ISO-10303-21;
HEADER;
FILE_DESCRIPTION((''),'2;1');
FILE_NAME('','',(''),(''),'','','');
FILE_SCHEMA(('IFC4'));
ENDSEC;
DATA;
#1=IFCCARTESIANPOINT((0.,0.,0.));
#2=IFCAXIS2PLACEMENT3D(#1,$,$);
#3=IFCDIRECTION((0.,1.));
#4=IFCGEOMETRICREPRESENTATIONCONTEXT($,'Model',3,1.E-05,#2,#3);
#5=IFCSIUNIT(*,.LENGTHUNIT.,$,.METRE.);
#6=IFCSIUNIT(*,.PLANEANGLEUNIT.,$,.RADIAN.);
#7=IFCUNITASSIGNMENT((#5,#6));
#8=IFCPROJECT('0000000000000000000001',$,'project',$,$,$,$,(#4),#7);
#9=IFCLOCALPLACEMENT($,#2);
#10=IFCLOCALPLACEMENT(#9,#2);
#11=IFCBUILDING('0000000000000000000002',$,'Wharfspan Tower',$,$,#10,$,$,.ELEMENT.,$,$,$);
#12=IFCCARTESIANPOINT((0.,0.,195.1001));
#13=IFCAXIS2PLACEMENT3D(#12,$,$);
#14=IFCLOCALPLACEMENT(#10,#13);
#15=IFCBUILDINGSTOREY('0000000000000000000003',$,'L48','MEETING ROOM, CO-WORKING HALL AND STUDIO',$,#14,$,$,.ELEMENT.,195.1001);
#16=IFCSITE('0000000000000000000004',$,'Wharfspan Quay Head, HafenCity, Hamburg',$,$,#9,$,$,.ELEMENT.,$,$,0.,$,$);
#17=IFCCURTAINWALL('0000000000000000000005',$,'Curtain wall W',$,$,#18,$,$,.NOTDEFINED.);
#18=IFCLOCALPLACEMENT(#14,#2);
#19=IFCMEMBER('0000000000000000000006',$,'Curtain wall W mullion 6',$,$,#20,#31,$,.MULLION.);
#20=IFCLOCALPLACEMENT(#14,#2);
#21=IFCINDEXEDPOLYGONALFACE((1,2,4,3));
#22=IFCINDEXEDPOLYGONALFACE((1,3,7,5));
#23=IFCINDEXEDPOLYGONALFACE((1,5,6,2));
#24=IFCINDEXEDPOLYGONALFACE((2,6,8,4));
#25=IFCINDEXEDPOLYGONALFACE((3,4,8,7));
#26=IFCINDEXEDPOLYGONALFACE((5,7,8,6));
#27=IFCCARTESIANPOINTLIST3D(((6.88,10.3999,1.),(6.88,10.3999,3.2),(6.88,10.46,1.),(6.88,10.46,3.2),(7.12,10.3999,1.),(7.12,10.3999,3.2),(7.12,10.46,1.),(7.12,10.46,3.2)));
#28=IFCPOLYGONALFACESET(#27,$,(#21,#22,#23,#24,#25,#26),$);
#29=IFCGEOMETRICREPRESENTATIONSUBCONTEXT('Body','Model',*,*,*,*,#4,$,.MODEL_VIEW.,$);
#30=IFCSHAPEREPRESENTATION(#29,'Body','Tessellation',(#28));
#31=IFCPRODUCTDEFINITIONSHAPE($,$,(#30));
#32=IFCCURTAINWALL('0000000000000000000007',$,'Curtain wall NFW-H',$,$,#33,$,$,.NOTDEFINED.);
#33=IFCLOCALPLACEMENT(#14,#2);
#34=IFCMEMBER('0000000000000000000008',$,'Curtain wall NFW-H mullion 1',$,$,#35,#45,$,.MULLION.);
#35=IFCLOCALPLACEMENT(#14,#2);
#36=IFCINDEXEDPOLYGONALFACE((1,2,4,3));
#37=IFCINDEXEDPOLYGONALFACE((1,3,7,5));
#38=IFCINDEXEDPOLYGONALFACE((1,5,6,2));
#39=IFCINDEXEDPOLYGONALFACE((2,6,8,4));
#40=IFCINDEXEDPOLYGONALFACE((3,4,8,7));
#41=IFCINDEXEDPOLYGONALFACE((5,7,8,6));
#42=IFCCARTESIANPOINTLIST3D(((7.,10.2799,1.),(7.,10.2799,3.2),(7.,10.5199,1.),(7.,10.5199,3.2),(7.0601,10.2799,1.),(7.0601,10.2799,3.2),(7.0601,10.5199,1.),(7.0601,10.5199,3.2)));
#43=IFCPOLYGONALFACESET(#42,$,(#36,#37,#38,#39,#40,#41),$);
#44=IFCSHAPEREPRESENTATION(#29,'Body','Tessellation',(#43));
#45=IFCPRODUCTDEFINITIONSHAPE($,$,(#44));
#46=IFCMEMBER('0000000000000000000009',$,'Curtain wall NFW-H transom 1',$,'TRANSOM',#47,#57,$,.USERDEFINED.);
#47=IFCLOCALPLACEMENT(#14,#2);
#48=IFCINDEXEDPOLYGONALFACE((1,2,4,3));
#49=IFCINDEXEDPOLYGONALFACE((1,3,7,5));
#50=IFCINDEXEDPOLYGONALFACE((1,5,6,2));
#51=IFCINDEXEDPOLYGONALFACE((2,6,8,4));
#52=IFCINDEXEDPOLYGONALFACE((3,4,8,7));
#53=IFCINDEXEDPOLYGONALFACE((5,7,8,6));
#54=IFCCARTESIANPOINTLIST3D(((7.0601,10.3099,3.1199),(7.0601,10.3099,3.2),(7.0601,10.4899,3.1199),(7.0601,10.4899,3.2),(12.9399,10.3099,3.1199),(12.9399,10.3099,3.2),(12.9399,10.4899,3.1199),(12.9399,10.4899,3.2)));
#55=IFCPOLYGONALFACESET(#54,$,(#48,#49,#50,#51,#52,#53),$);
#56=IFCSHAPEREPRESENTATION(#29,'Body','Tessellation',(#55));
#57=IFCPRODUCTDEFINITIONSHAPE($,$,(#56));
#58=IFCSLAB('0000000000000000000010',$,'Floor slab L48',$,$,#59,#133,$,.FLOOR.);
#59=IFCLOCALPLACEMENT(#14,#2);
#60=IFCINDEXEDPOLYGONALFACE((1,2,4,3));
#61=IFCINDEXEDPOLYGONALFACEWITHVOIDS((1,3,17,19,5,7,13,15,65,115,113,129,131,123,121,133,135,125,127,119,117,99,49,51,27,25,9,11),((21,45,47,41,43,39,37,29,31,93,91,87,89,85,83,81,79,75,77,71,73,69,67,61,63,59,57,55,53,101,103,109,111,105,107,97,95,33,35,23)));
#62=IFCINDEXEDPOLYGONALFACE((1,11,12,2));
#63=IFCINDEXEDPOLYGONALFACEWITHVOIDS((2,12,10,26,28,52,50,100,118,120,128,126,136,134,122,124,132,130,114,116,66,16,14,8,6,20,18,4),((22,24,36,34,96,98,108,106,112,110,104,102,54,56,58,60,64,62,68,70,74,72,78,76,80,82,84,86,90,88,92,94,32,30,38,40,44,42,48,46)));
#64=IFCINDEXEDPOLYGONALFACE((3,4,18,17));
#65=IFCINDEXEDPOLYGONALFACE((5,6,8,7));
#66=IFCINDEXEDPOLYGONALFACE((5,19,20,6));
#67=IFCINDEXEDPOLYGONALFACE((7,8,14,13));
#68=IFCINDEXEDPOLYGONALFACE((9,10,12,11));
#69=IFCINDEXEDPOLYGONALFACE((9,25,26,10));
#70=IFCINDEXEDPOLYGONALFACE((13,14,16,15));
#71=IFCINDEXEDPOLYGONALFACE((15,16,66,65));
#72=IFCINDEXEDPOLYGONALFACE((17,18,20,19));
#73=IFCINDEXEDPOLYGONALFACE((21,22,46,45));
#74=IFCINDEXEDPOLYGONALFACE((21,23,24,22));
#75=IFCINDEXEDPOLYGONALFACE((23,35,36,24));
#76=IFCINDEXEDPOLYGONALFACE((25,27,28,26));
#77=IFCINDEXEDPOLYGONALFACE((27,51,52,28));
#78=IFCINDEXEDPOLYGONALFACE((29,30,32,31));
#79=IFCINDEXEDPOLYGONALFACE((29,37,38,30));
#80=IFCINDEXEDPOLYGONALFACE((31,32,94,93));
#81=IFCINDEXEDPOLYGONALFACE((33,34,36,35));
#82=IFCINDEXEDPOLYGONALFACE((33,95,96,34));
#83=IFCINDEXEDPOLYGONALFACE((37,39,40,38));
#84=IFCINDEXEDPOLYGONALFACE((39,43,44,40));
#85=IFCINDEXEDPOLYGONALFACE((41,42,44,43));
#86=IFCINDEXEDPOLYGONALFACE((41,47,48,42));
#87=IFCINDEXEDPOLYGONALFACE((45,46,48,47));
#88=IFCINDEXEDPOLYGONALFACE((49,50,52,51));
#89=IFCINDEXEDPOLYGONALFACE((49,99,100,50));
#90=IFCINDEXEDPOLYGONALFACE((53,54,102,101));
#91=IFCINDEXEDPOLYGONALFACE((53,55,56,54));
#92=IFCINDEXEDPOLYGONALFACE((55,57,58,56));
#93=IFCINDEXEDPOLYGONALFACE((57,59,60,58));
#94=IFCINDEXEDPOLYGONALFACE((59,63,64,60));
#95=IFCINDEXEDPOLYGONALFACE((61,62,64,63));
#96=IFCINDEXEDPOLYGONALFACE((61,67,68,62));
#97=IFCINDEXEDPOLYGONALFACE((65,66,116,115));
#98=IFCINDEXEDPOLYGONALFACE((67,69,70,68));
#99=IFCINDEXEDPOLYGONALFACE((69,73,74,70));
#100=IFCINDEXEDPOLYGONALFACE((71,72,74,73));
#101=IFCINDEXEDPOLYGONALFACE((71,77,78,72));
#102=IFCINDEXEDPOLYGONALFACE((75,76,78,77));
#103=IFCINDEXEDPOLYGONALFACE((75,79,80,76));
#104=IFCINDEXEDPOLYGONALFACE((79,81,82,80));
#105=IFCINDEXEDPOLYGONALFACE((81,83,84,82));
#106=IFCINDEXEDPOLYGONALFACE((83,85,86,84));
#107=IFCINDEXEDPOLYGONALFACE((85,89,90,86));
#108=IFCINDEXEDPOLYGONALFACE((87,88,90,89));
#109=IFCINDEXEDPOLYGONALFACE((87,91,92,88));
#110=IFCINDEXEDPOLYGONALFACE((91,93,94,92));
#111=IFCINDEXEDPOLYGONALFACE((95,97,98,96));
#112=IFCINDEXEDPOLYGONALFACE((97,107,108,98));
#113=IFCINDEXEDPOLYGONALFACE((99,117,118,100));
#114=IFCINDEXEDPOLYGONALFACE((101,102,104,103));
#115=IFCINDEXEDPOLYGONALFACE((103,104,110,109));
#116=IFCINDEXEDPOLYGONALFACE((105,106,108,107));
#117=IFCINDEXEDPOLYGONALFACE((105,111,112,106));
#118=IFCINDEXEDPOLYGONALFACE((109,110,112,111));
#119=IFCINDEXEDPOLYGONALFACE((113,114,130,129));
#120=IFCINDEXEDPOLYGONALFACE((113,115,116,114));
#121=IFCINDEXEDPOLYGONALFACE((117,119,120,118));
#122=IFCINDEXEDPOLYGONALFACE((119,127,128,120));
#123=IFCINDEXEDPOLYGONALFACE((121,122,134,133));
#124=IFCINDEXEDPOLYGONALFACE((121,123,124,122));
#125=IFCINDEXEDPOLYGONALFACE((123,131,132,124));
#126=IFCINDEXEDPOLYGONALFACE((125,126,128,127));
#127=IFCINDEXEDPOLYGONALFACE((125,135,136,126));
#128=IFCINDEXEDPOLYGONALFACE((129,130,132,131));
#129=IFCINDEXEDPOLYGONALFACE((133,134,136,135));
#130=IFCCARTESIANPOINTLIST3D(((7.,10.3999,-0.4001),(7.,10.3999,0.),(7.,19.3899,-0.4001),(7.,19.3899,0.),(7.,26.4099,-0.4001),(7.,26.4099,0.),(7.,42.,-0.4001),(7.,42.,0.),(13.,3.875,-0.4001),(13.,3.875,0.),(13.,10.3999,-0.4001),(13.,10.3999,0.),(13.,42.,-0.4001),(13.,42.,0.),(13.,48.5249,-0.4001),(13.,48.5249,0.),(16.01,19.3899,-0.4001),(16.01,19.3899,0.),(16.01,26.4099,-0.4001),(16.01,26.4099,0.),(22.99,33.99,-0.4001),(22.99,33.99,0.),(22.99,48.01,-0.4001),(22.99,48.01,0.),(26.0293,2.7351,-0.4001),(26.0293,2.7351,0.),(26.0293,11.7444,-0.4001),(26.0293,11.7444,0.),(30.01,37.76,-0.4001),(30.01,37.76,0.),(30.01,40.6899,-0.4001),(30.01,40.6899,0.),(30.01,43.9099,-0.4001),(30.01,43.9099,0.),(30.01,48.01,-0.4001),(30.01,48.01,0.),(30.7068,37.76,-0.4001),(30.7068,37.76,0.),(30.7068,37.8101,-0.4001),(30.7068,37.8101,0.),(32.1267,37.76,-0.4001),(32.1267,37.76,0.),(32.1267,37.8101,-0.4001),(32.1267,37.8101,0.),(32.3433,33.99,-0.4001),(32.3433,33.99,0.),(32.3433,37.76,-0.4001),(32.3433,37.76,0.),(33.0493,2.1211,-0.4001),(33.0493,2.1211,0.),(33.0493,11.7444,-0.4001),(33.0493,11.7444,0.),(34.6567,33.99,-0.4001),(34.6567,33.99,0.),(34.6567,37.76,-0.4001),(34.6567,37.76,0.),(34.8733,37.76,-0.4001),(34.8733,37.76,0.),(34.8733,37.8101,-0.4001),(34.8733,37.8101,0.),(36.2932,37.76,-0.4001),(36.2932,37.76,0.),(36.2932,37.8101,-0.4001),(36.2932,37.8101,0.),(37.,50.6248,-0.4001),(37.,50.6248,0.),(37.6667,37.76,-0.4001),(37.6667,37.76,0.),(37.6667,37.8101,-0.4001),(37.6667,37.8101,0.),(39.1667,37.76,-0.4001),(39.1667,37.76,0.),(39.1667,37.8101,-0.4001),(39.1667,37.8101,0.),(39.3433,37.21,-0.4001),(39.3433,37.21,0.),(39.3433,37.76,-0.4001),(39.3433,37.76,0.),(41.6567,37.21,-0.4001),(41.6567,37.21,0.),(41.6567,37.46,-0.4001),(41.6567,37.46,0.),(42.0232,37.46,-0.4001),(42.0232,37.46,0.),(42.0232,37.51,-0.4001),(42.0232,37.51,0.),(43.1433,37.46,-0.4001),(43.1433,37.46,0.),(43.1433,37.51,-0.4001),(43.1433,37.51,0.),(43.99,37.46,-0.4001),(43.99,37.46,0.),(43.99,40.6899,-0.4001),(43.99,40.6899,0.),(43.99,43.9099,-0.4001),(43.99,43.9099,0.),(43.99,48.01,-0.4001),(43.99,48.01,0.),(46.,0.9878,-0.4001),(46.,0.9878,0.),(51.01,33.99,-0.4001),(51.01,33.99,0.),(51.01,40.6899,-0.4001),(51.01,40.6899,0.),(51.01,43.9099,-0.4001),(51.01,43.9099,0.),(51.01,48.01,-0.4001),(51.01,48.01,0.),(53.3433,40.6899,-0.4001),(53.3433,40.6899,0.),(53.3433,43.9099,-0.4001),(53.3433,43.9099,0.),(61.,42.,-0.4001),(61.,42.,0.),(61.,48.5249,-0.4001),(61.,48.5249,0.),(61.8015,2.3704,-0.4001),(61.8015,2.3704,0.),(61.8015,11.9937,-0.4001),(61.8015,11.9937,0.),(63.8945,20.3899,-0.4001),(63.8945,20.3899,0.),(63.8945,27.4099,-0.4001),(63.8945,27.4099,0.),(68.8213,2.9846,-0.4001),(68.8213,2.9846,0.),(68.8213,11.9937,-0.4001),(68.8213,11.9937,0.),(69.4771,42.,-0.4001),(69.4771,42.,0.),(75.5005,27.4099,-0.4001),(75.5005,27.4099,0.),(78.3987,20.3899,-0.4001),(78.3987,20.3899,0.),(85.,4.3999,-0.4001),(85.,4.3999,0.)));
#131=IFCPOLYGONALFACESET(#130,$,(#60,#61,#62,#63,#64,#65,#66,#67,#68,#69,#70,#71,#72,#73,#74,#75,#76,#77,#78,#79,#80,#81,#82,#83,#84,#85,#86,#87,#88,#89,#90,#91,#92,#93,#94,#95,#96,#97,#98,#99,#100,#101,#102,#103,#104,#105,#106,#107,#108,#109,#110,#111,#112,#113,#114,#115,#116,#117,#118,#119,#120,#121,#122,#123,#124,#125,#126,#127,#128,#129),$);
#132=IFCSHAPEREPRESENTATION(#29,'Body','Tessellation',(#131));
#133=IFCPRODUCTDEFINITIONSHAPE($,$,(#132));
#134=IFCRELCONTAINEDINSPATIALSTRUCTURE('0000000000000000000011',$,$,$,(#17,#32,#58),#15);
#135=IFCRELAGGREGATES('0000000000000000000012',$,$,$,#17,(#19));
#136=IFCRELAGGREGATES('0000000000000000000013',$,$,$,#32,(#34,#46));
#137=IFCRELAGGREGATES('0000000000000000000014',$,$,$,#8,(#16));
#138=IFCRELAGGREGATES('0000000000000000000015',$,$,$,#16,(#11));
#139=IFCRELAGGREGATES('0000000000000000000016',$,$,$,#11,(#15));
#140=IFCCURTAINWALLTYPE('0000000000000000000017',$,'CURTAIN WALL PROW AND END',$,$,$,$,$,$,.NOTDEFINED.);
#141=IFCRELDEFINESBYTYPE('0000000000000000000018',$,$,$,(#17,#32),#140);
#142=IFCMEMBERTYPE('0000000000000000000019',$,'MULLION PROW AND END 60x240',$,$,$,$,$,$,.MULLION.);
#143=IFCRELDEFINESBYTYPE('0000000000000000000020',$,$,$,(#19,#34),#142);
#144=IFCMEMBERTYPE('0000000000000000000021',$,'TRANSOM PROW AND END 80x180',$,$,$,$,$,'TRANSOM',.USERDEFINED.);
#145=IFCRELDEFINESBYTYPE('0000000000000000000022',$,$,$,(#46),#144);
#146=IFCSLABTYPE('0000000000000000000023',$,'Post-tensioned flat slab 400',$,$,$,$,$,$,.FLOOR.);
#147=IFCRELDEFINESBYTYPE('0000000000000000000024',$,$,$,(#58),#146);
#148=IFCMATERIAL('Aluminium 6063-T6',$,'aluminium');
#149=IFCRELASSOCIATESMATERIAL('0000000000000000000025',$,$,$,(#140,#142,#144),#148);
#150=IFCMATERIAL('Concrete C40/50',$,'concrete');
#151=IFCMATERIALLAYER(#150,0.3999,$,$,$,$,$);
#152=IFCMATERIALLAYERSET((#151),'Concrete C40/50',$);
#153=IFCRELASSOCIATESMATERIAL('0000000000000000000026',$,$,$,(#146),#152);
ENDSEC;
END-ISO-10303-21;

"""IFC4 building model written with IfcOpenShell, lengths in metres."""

from ifc_helpers import new_model, si_unit, direction, frame, origin, origin_2d, place, context, subcontext, project, spatial, polyline, rectangle, outline, extrude, material, layer, layer_set, material_profile, profile_set, type_object, element, aggregate, save


model = new_model("IFC4")

# Units and contexts
model_context = context("Model", 3, precision=1e-05, world=origin(), true_north=direction((0.0, 1.0)))
body_context = subcontext(model_context, "Body", "Model", "MODEL_VIEW")
ifc_project = project(units=[si_unit("LENGTHUNIT", "METRE"), si_unit("PLANEANGLEUNIT", "RADIAN")], contexts=[model_context])

# Site, building, storey
site_placement = place(None, origin())
site = spatial("IfcSite", under=ifc_project, at=site_placement, Name="Wharfspan Quay Head, HafenCity, Hamburg", CompositionType="ELEMENT", RefElevation=0.0)
building_placement = place(site_placement, origin())
building = spatial("IfcBuilding", under=site, at=building_placement, Name="Wharfspan Tower", CompositionType="ELEMENT")
storey_placement = place(building_placement, frame((0.0, 0.0, 195.1001)))
storey = spatial("IfcBuildingStorey", under=building, at=storey_placement, Name="L48", Description="MEETING ROOM, CO-WORKING HALL AND STUDIO", CompositionType="ELEMENT", Elevation=195.1001)

# Curtain wall, member
ifc_material_1 = material(Name="Aluminium 6063-T6", Category="aluminium")
curtain_wall_type = type_object("IfcCurtainWallType", Name="CURTAIN WALL PROW AND END", PredefinedType="NOTDEFINED", material=ifc_material_1)
curtain_wall_1_placement = place(storey_placement, origin())
curtain_wall_1 = element("IfcCurtainWall", 1, at=curtain_wall_1_placement, inside=storey, type_object=curtain_wall_type, Name="Curtain wall W", PredefinedType="NOTDEFINED")
ifc_material_profile_1 = material_profile(ifc_material_1, rectangle(XDim=0.24, YDim=0.0601, at=origin_2d()))
ifc_profile_set_1 = profile_set([ifc_material_profile_1], Name="Aluminium 6063-T6")
member_type_1 = type_object("IfcMemberType", Name="MULLION PROW AND END 60x240", PredefinedType="MULLION", material=ifc_profile_set_1)
member_1_placement = place(storey_placement, frame((7.0, 10.4299, 1.0), z_axis=(0.0, 0.0, 1.0), x_axis=(1.0, 0.0, 0.0)))
member_1 = element("IfcMember", 2, at=member_1_placement, type_object=member_type_1, Name="Curtain wall W mullion 6", PredefinedType="MULLION", context=body_context, shape_type="SweptSolid", body=[
    extrude(rectangle(XDim=0.24, YDim=0.0601, at=origin_2d()), origin(), (0.0, 0.0, 1.0), 2.2),
])
aggregate(curtain_wall_1, [member_1])

# Curtain wall, members
curtain_wall_2_placement = place(storey_placement, origin())
curtain_wall_2 = element("IfcCurtainWall", 3, at=curtain_wall_2_placement, inside=storey, type_object=curtain_wall_type, Name="Curtain wall NFW-H", PredefinedType="NOTDEFINED")
member_2_placement = place(storey_placement, frame((7.03, 10.3999, 1.0), z_axis=(0.0, 0.0, 1.0), x_axis=(0.0, 1.0, 0.0)))
member_2 = element("IfcMember", 4, at=member_2_placement, type_object=member_type_1, Name="Curtain wall NFW-H mullion 1", PredefinedType="MULLION", context=body_context, shape_type="SweptSolid", body=[
    extrude(rectangle(XDim=0.24, YDim=0.0601, at=origin_2d()), origin(), (0.0, 0.0, 1.0), 2.2),
])
ifc_material_profile_2 = material_profile(ifc_material_1, rectangle(XDim=0.1799, YDim=0.0801, at=origin_2d()))
ifc_profile_set_2 = profile_set([ifc_material_profile_2], Name="Aluminium 6063-T6")
member_type_2 = type_object("IfcMemberType", Name="TRANSOM PROW AND END 80x180", ElementType="TRANSOM", PredefinedType="USERDEFINED", material=ifc_profile_set_2)
member_3_placement = place(storey_placement, frame((7.0601, 10.3999, 3.1599), z_axis=(1.0, 0.0, 0.0), x_axis=(0.0, 1.0, 0.0)))
member_3 = element("IfcMember", 5, at=member_3_placement, type_object=member_type_2, Name="Curtain wall NFW-H transom 1", ObjectType="TRANSOM", PredefinedType="USERDEFINED", context=body_context, shape_type="SweptSolid", body=[
    extrude(rectangle(XDim=0.1799, YDim=0.0801, at=origin_2d()), origin(), (0.0, 0.0, 1.0), 5.8799),
])
aggregate(curtain_wall_2, [member_2, member_3])

# Slab
ifc_material_2 = material(Name="Concrete C40/50", Category="concrete")
ifc_layer_1 = layer(ifc_material_2, 0.3999)
ifc_layer_set_1 = layer_set([ifc_layer_1], Name="Concrete C40/50")
slab_type_1 = type_object("IfcSlabType", Name="Post-tensioned flat slab 400", PredefinedType="FLOOR", material=ifc_layer_set_1)
slab_1_placement = place(storey_placement, frame((0.0, 0.0, -0.4001)))
element("IfcSlab", 6, at=slab_1_placement, inside=storey, type_object=slab_type_1, Name="Floor slab L48", PredefinedType="FLOOR", context=body_context, shape_type="SweptSolid", body=[
    extrude(outline(polyline([(26.0293, 2.7351), (26.0293, 11.7444), (33.0493, 11.7444), (33.0493, 2.1211), (46.0, 0.9878), (61.8015, 2.3704), (61.8015, 11.9937), (68.8213, 11.9937), (68.8213, 2.9846), (85.0, 4.3999), (78.3987, 20.3899), (63.8945, 20.3899), (63.8945, 27.4099), (75.5005, 27.4099), (69.4771, 42.0), (61.0, 42.0), (61.0, 48.5249), (37.0, 50.6248), (13.0, 48.5249), (13.0, 42.0), (7.0, 42.0), (7.0, 26.4099), (16.01, 26.4099), (16.01, 19.3899), (7.0, 19.3899), (7.0, 10.3999), (13.0, 10.3999), (13.0, 3.875), (26.0293, 2.7351)]), holes=[polyline([(32.1267, 37.76), (32.3433, 37.76), (32.3433, 33.99), (22.99, 33.99), (22.99, 48.01), (30.01, 48.01), (30.01, 43.9099), (43.99, 43.9099), (43.99, 48.01), (51.01, 48.01), (51.01, 43.9099), (53.3433, 43.9099), (53.3433, 40.6899), (51.01, 40.6899), (51.01, 33.99), (34.6567, 33.99), (34.6567, 37.76), (34.8733, 37.76), (34.8733, 37.8101), (36.2932, 37.8101), (36.2932, 37.76), (37.6667, 37.76), (37.6667, 37.8101), (39.1667, 37.8101), (39.1667, 37.76), (39.3433, 37.76), (39.3433, 37.21), (41.6567, 37.21), (41.6567, 37.46), (42.0232, 37.46), (42.0232, 37.51), (43.1433, 37.51), (43.1433, 37.46), (43.99, 37.46), (43.99, 40.6899), (30.01, 40.6899), (30.01, 37.76), (30.7068, 37.76), (30.7068, 37.8101), (32.1267, 37.8101), (32.1267, 37.76)])]), origin(), (0.0, 0.0, 1.0), 0.4001),
])

save(model, "model.ifc")
